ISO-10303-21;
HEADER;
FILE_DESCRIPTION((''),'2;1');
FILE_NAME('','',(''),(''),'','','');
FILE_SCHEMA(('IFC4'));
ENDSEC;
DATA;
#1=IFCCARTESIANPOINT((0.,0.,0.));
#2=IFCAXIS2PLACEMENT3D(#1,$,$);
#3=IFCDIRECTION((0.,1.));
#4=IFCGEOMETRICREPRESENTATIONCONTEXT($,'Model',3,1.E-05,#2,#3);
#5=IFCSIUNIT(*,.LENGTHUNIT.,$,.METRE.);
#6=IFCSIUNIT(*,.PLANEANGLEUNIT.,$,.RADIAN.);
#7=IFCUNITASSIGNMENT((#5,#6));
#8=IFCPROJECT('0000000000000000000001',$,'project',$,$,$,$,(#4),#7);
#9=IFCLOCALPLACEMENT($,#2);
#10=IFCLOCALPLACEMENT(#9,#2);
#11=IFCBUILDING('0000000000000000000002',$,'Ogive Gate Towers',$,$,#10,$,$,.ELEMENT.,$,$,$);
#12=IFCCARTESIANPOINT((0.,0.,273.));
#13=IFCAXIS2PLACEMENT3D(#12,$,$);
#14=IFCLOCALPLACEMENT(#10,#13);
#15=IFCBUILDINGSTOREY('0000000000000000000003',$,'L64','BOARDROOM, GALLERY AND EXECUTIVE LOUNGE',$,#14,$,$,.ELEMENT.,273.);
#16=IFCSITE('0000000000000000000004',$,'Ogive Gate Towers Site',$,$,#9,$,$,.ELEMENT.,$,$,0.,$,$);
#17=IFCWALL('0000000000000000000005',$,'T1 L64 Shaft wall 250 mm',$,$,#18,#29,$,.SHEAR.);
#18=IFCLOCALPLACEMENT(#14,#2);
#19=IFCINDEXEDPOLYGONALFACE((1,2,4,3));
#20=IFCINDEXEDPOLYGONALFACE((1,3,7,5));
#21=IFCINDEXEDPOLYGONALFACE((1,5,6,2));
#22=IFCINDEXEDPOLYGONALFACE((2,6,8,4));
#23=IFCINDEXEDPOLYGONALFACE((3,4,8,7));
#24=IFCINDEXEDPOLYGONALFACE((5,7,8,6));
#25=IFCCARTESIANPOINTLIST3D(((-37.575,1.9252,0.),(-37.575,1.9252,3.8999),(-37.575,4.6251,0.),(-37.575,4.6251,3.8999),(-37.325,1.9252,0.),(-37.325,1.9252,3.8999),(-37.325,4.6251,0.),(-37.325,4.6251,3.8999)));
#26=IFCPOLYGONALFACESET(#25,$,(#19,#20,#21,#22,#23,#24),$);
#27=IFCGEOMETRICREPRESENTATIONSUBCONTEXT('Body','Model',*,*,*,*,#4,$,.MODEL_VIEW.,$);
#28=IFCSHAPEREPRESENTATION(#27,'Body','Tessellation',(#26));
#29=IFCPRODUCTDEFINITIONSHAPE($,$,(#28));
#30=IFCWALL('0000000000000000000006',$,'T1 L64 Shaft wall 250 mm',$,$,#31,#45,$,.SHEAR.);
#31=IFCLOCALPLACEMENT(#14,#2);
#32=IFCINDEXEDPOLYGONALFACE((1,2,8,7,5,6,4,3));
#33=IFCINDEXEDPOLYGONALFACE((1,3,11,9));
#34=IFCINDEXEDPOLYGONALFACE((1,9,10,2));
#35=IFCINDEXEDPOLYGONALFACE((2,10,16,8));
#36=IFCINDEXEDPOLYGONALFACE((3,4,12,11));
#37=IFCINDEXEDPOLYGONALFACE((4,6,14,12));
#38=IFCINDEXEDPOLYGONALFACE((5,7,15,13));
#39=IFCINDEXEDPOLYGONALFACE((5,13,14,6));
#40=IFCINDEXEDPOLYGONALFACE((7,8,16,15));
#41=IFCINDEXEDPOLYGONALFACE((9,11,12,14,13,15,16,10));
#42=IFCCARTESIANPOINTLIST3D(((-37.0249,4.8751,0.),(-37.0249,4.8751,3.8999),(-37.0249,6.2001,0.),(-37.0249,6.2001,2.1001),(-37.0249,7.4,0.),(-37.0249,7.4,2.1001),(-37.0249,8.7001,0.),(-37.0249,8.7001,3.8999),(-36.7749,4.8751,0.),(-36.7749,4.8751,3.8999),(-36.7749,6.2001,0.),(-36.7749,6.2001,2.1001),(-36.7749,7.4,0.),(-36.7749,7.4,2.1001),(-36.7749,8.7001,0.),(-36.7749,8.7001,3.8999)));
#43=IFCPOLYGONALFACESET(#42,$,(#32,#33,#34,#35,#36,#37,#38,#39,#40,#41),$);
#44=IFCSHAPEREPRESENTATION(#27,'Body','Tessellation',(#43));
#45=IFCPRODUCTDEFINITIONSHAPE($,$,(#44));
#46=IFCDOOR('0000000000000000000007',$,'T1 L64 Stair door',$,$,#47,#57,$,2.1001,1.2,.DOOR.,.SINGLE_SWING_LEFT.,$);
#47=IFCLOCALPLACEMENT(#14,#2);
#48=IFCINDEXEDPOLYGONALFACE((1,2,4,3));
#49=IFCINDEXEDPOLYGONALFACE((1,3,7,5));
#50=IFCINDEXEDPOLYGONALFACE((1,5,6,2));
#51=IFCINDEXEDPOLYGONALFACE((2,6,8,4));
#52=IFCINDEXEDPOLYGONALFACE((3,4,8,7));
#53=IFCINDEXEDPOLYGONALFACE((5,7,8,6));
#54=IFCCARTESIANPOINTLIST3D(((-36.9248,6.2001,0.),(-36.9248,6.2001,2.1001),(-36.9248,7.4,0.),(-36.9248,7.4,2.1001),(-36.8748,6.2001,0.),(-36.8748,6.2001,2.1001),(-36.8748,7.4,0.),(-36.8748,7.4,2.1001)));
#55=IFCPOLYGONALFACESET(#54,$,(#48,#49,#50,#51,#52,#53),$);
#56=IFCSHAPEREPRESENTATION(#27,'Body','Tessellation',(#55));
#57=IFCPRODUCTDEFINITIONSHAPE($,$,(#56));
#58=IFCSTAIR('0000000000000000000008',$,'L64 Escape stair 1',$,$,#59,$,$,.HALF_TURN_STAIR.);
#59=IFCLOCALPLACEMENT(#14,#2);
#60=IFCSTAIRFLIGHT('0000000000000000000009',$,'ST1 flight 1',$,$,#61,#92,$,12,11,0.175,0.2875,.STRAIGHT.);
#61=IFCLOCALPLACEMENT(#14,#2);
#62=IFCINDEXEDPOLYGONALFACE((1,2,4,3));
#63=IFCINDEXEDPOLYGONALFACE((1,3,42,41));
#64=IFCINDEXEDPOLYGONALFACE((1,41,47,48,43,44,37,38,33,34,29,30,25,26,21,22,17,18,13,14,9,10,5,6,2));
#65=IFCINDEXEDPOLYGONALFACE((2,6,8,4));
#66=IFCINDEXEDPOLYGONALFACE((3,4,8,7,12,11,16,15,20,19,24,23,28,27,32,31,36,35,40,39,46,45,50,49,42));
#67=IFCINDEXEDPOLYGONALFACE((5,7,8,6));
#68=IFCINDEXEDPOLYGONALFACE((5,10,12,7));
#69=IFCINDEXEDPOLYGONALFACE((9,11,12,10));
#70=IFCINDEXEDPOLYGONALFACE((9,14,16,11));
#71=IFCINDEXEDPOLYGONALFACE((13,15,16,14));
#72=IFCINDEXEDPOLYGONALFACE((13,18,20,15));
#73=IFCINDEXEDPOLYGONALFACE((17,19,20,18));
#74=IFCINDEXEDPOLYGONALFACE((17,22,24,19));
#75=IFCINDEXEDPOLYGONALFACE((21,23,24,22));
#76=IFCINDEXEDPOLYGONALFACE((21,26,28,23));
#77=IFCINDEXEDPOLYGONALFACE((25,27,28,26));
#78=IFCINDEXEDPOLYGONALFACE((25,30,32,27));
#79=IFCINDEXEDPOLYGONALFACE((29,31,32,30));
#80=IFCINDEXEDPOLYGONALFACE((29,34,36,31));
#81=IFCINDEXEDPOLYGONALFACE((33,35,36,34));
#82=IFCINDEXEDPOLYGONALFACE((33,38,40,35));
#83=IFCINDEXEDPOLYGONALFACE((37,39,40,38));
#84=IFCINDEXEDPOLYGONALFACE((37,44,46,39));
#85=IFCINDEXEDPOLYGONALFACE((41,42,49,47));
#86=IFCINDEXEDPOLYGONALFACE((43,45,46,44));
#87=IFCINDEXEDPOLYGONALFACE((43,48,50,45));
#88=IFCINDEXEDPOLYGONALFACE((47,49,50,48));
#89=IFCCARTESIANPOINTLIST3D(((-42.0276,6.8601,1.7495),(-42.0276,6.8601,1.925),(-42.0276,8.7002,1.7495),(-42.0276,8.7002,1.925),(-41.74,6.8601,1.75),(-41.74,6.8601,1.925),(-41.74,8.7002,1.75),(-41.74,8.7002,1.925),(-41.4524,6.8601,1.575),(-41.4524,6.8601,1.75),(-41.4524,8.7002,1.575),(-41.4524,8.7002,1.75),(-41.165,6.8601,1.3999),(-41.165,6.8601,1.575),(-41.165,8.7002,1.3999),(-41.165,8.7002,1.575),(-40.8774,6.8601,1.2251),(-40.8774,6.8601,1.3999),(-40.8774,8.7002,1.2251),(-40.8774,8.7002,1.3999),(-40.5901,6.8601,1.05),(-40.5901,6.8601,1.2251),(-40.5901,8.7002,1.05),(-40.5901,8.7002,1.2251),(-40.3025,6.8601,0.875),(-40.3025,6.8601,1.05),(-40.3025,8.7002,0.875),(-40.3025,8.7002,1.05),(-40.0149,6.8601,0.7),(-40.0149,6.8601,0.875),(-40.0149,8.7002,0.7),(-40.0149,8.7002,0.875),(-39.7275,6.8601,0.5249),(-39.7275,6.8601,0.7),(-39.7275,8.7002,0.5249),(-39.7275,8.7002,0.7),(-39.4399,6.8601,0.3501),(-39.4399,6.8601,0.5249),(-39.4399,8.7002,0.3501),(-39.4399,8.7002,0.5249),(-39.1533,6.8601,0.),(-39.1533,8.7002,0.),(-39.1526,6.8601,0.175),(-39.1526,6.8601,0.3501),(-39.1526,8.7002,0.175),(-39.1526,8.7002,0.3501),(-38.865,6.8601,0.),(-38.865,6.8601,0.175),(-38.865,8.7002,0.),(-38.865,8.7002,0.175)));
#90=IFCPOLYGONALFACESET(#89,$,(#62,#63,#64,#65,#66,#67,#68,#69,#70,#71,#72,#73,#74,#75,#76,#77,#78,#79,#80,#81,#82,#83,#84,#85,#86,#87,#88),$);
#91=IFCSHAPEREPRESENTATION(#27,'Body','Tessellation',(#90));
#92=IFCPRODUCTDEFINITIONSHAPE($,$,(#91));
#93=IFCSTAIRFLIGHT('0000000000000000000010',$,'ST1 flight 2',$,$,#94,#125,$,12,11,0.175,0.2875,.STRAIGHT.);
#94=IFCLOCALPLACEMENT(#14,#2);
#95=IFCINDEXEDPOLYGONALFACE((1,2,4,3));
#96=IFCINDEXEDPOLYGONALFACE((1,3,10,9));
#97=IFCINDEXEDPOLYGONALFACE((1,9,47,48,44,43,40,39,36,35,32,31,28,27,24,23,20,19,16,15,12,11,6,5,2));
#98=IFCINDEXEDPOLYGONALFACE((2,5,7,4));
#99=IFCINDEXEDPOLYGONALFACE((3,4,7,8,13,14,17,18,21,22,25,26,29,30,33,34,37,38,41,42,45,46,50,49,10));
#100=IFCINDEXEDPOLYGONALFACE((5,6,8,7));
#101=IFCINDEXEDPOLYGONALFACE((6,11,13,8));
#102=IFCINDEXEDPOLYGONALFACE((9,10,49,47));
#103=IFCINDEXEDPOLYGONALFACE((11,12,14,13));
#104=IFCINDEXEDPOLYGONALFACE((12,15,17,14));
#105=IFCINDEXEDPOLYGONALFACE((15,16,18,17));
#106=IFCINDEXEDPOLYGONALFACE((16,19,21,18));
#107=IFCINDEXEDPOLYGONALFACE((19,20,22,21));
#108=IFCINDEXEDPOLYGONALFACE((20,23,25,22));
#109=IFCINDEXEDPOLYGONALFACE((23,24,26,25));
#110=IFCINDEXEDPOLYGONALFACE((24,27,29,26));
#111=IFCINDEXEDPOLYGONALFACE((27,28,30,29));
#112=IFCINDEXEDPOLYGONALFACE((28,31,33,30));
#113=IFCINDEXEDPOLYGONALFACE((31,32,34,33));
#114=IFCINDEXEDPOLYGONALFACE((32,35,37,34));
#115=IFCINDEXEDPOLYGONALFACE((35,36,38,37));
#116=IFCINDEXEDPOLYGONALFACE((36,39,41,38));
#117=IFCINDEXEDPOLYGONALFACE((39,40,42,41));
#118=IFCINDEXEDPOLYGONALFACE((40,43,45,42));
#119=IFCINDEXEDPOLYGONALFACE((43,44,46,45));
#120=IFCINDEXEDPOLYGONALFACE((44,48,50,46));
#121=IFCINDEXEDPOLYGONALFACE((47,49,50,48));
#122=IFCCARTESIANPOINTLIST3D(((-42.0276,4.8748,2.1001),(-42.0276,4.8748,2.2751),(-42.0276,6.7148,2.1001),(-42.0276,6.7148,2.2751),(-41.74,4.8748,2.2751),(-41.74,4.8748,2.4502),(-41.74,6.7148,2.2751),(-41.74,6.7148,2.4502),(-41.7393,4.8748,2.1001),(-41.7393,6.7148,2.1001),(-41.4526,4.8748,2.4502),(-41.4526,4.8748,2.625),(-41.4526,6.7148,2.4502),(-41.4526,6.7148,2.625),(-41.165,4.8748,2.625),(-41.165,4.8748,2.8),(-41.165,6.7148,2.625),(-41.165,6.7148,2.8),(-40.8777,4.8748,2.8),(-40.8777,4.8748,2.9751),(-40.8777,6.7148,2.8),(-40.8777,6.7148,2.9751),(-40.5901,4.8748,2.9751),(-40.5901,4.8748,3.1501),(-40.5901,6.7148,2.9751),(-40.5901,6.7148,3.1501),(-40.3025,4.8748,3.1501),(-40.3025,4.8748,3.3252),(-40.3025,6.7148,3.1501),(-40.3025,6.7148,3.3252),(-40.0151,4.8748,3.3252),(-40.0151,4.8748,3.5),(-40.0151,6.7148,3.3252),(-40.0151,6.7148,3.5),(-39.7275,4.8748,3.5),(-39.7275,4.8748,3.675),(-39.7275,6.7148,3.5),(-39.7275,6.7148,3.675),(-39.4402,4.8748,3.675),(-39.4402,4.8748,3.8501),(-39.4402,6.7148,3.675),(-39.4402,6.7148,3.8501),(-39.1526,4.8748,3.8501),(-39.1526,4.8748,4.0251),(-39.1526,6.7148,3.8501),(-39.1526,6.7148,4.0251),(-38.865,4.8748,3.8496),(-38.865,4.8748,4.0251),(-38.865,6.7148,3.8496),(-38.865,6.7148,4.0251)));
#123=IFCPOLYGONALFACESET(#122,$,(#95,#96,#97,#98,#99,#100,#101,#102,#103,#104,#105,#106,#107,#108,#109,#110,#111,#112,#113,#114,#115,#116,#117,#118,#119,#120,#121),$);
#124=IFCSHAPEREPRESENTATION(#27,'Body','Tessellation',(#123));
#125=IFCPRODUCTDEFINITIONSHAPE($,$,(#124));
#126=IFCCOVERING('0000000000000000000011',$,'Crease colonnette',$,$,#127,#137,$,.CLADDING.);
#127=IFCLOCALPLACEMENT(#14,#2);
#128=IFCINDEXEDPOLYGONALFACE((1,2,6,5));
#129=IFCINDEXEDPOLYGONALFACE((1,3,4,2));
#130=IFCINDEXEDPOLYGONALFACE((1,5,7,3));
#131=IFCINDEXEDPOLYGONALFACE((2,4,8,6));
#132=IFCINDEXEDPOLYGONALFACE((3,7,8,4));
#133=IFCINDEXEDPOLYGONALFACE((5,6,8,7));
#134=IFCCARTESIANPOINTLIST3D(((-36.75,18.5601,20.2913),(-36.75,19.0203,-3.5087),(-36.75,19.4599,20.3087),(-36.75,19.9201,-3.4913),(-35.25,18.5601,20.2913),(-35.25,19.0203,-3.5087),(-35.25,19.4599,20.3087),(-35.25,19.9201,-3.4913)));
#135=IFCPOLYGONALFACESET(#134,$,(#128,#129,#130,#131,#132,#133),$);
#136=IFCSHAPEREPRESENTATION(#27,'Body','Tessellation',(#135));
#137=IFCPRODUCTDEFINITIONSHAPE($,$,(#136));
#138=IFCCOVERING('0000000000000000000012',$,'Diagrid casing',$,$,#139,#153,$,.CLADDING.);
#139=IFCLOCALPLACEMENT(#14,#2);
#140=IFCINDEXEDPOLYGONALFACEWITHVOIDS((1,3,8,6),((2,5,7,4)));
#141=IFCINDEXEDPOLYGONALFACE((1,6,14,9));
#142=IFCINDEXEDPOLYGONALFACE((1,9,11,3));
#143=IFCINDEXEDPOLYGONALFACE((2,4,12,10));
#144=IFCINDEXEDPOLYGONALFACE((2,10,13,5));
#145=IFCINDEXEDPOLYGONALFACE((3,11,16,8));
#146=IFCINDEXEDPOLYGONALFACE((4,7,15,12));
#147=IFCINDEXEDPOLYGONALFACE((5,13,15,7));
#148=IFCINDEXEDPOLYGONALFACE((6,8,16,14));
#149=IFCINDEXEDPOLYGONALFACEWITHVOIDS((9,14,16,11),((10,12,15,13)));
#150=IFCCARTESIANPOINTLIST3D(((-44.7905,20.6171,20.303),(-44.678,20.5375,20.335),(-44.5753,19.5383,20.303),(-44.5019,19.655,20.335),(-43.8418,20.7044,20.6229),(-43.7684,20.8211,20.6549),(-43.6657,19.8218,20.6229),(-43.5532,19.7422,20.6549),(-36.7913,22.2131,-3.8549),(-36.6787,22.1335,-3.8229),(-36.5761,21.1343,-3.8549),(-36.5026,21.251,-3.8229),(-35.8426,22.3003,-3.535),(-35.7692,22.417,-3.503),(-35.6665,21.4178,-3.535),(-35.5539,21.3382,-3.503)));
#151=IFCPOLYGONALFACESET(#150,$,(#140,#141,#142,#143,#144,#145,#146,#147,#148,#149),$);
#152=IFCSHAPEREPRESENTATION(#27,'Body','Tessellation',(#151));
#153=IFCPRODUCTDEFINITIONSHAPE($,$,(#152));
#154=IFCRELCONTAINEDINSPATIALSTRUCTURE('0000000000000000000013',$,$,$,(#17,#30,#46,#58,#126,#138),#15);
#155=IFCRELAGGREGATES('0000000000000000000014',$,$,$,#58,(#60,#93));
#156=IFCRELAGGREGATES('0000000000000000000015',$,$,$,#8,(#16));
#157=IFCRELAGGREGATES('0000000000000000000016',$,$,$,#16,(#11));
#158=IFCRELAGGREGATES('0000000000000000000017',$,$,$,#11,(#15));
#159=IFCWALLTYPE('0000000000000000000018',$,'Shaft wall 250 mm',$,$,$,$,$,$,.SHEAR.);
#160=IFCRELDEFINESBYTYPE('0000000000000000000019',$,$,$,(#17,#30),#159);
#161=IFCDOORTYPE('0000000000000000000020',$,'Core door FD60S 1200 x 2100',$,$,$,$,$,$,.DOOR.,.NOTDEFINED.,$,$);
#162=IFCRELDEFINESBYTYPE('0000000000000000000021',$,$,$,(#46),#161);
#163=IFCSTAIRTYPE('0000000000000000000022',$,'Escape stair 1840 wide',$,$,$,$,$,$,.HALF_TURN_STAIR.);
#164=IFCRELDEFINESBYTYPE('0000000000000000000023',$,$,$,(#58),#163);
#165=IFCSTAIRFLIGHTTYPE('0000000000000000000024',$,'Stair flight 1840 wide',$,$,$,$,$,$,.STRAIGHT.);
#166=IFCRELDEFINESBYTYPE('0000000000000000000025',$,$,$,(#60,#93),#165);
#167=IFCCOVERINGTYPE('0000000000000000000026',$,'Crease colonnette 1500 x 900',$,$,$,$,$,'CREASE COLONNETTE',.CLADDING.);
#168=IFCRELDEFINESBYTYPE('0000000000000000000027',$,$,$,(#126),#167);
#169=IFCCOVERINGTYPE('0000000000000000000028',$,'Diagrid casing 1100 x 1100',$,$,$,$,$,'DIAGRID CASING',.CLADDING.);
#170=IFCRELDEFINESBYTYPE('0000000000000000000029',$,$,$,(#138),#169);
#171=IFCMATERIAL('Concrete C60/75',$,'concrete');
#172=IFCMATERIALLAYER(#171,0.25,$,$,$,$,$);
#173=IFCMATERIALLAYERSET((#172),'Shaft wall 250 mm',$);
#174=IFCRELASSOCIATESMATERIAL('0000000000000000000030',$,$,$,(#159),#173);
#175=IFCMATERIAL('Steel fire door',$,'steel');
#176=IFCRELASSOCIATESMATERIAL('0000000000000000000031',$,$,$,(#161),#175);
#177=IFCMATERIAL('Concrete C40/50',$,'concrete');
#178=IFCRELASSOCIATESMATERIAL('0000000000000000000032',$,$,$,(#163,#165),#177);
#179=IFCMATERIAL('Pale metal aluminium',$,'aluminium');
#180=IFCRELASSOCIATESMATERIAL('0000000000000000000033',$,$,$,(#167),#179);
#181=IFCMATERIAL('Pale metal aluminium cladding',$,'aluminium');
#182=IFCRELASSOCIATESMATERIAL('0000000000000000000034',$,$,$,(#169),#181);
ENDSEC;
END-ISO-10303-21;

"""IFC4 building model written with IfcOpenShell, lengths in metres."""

from ifc_helpers import new_model, si_unit, direction, frame, frame_2d, origin, origin_2d, place, context, subcontext, project, spatial, polyline, rectangle, hollow_rectangle, outline, extrude, material, layer, layer_set, material_profile, profile_set, type_object, element, fill, aggregate, save


model = new_model("IFC4")

# Units and contexts
model_context = context("Model", 3, precision=1e-05, world=origin(), true_north=direction((0.0, 1.0)))
body_context = subcontext(model_context, "Body", "Model", "MODEL_VIEW")
ifc_project = project(units=[si_unit("LENGTHUNIT", "METRE"), si_unit("PLANEANGLEUNIT", "RADIAN")], contexts=[model_context])

# Site, building, storey
site_placement = place(None, origin())
site = spatial("IfcSite", under=ifc_project, at=site_placement, Name="Ogive Gate Towers Site", CompositionType="ELEMENT", RefElevation=0.0)
building_placement = place(site_placement, origin())
building = spatial("IfcBuilding", under=site, at=building_placement, Name="Ogive Gate Towers", CompositionType="ELEMENT")
storey_placement = place(building_placement, frame((0.0, 0.0, 273.0)))
storey = spatial("IfcBuildingStorey", under=building, at=storey_placement, Name="L64", Description="BOARDROOM, GALLERY AND EXECUTIVE LOUNGE", CompositionType="ELEMENT", Elevation=273.0)

# Wall
ifc_material_1 = material(Name="Concrete C60/75", Category="concrete")
ifc_layer_1 = layer(ifc_material_1, 0.25)
ifc_layer_set_1 = layer_set([ifc_layer_1], Name="Shaft wall 250 mm")
wall_type_1 = type_object("IfcWallType", Name="Shaft wall 250 mm", PredefinedType="SHEAR", material=ifc_layer_set_1)
for number, where, z_axis, x_axis, name in (
    (1, (-37.45, 1.925, 0.0), (0.0, 0.0, 1.0), (0.0, 1.0, 0.0), "T1 L64 Shaft wall 250 mm"),
):
    element("IfcWall", number, at=place(storey_placement, frame(where, z_axis=z_axis, x_axis=x_axis)), inside=storey, type_object=wall_type_1, Name=name, PredefinedType="SHEAR", context=body_context, shape_type="SweptSolid", body=[
        extrude(rectangle(XDim=2.7, YDim=0.25, at=frame_2d((1.3501, 0.0))), origin(), (0.0, 0.0, 1.0), 3.8999),
    ])

# Wall, opening, door
wall_1_placement = place(storey_placement, frame((-36.8999, 4.875, 0.0), z_axis=(0.0, 0.0, 1.0), x_axis=(0.0, 1.0, 0.0)))
wall_1 = element("IfcWall", 2, at=wall_1_placement, inside=storey, type_object=wall_type_1, Name="T1 L64 Shaft wall 250 mm", PredefinedType="SHEAR", context=body_context, shape_type="SweptSolid", body=[
    extrude(rectangle(XDim=3.825, YDim=0.25, at=frame_2d((1.9126, 0.0))), origin(), (0.0, 0.0, 1.0), 3.8999),
])
opening_1_placement = place(wall_1_placement, frame((1.325, 0.0, 0.0)))
opening_1 = element("IfcOpeningElement", 3, at=opening_1_placement, cuts=wall_1, PredefinedType="OPENING", context=body_context, shape_type="SweptSolid", body=[
    extrude(rectangle(XDim=1.2, YDim=2.1001, at=frame_2d((0.6001, 1.05))), frame((0.0, 0.135, 0.0), z_axis=(0.0, -1.0, 0.0), x_axis=(1.0, 0.0, 0.0)), (0.0, 0.0, 1.0), 0.27),
])
ifc_material_2 = material(Name="Steel fire door", Category="steel")
door_type_1 = type_object("IfcDoorType", Name="Core door FD60S 1200 x 2100", OperationType="NOTDEFINED", PredefinedType="DOOR", material=ifc_material_2)
door_1_placement = place(opening_1_placement, origin())
door_1 = element("IfcDoor", 4, at=door_1_placement, inside=storey, type_object=door_type_1, Name="T1 L64 Stair door", OperationType="SINGLE_SWING_LEFT", OverallHeight=2.1001, OverallWidth=1.2, PredefinedType="DOOR", context=body_context, shape_type="SweptSolid", body=[
    extrude(rectangle(XDim=1.2, YDim=2.1001, at=frame_2d((0.6001, 1.05))), frame((0.0, 0.0249, 0.0), z_axis=(0.0, -1.0, 0.0), x_axis=(1.0, 0.0, 0.0)), (0.0, 0.0, 1.0), 0.05),
])
fill(opening_1, door_1)

# Stair, stair flights
ifc_material_3 = material(Name="Concrete C40/50", Category="concrete")
stair_type = type_object("IfcStairType", Name="Escape stair 1840 wide", PredefinedType="HALF_TURN_STAIR", material=ifc_material_3)
stair_placement = place(storey_placement, origin())
stair = element("IfcStair", 5, at=stair_placement, inside=storey, type_object=stair_type, Name="L64 Escape stair 1", PredefinedType="HALF_TURN_STAIR")
stair_flight_type = type_object("IfcStairFlightType", Name="Stair flight 1840 wide", PredefinedType="STRAIGHT", material=ifc_material_3)
stair_flight_1_placement = place(storey_placement, frame((-38.865, 7.78, 0.0), z_axis=(0.0, 0.0, 1.0), x_axis=(-1.0, 0.0, 0.0)))
stair_flight_1 = element("IfcStairFlight", 6, at=stair_flight_1_placement, type_object=stair_flight_type, Name="ST1 flight 1", NumberOfRisers=12, NumberOfTreads=11, PredefinedType="STRAIGHT", RiserHeight=0.175, TreadLength=0.2875, context=body_context, shape_type="SweptSolid", body=[
    extrude(outline(polyline([(0.0, 0.0), (0.0, 0.175), (0.2876, 0.175), (0.2876, 0.3501), (0.575, 0.3501), (0.575, 0.5249), (0.8625, 0.5249), (0.8625, 0.7), (1.1499, 0.7), (1.1499, 0.875), (1.4375, 0.875), (1.4375, 1.05), (1.7251, 1.05), (1.7251, 1.2251), (2.0125, 1.2251), (2.0125, 1.3999), (2.3, 1.3999), (2.3, 1.575), (2.5874, 1.575), (2.5874, 1.75), (2.875, 1.75), (2.875, 1.925), (3.1626, 1.925), (3.1626, 2.1001), (3.1626, 1.7495), (0.2883, 0.0), (0.0, 0.0)])), frame((0.0, 0.9199, 0.0), z_axis=(0.0, -1.0, 0.0), x_axis=(1.0, 0.0, 0.0)), (0.0, 0.0, 1.0), 1.8401),
])
stair_flight_2_placement = place(storey_placement, frame((-42.0276, 5.7949, 2.1001), z_axis=(0.0, 0.0, 1.0), x_axis=(1.0, 0.0, 0.0)))
stair_flight_2 = element("IfcStairFlight", 7, at=stair_flight_2_placement, type_object=stair_flight_type, Name="ST1 flight 2", NumberOfRisers=12, NumberOfTreads=11, PredefinedType="STRAIGHT", RiserHeight=0.175, TreadLength=0.2875, context=body_context, shape_type="SweptSolid", body=[
    extrude(outline(polyline([(0.0, 0.0), (0.0, 0.175), (0.2876, 0.175), (0.2876, 0.3501), (0.575, 0.3501), (0.575, 0.5249), (0.8625, 0.5249), (0.8625, 0.7), (1.1499, 0.7), (1.1499, 0.875), (1.4375, 0.875), (1.4375, 1.05), (1.7251, 1.05), (1.7251, 1.2251), (2.0125, 1.2251), (2.0125, 1.3999), (2.3, 1.3999), (2.3, 1.575), (2.5874, 1.575), (2.5874, 1.75), (2.875, 1.75), (2.875, 1.925), (3.1626, 1.925), (3.1626, 2.1001), (3.1626, 1.7495), (0.2883, 0.0), (0.0, 0.0)])), frame((0.0, 0.9199, 0.0), z_axis=(0.0, -1.0, 0.0), x_axis=(1.0, 0.0, 0.0)), (0.0, 0.0, 1.0), 1.8401),
])
aggregate(stair, [stair_flight_1, stair_flight_2])

# Coverings
ifc_material_4 = material(Name="Pale metal aluminium", Category="aluminium")
ifc_material_profile_1 = material_profile(ifc_material_4, rectangle(XDim=1.5, YDim=0.8999, at=origin_2d()), Name="1500 x 900 pale metal aluminium")
ifc_profile_set_1 = profile_set([ifc_material_profile_1], Name="Pale metal aluminium")
covering_type_1 = type_object("IfcCoveringType", Name="Crease colonnette 1500 x 900", ElementType="CREASE COLONNETTE", PredefinedType="CLADDING", material=ifc_profile_set_1)
covering_1_placement = place(storey_placement, frame((-36.0, 19.4702, -3.5), z_axis=(0.0, -0.019333, 0.999813), x_axis=(1.0, 0.0, 0.0)))
element("IfcCovering", 8, at=covering_1_placement, inside=storey, type_object=covering_type_1, Name="Crease colonnette", PredefinedType="CLADDING", context=body_context, shape_type="SweptSolid", body=[
    extrude(rectangle(XDim=1.5, YDim=0.8999, at=origin_2d()), origin(), (0.0, 0.0, 1.0), 23.8044),
])
ifc_material_5 = material(Name="Pale metal aluminium cladding", Category="aluminium")
ifc_material_profile_2 = material_profile(ifc_material_5, hollow_rectangle(XDim=1.1001, YDim=1.1001, WallThickness=0.1001, at=origin_2d()), Name="1100 x 1100 pale metal casing")
ifc_profile_set_2 = profile_set([ifc_material_profile_2], Name="Pale metal aluminium cladding")
covering_type_2 = type_object("IfcCoveringType", Name="Diagrid casing 1100 x 1100", ElementType="DIAGRID CASING", PredefinedType="CLADDING", material=ifc_profile_set_2)
covering_2_placement = place(storey_placement, frame((-36.1726, 21.7756, -3.679), z_axis=(-0.313723, -0.062591, 0.947449), x_axis=(0.195656, -0.980673, 0.0)))
element("IfcCovering", 9, at=covering_2_placement, inside=storey, type_object=covering_type_2, Name="Diagrid casing", PredefinedType="CLADDING", context=body_context, shape_type="SweptSolid", body=[
    extrude(hollow_rectangle(XDim=1.1001, YDim=1.1001, WallThickness=0.1001, at=origin_2d()), origin(), (0.0, 0.0, 1.0), 25.4978),
])

save(model, "model.ifc")
